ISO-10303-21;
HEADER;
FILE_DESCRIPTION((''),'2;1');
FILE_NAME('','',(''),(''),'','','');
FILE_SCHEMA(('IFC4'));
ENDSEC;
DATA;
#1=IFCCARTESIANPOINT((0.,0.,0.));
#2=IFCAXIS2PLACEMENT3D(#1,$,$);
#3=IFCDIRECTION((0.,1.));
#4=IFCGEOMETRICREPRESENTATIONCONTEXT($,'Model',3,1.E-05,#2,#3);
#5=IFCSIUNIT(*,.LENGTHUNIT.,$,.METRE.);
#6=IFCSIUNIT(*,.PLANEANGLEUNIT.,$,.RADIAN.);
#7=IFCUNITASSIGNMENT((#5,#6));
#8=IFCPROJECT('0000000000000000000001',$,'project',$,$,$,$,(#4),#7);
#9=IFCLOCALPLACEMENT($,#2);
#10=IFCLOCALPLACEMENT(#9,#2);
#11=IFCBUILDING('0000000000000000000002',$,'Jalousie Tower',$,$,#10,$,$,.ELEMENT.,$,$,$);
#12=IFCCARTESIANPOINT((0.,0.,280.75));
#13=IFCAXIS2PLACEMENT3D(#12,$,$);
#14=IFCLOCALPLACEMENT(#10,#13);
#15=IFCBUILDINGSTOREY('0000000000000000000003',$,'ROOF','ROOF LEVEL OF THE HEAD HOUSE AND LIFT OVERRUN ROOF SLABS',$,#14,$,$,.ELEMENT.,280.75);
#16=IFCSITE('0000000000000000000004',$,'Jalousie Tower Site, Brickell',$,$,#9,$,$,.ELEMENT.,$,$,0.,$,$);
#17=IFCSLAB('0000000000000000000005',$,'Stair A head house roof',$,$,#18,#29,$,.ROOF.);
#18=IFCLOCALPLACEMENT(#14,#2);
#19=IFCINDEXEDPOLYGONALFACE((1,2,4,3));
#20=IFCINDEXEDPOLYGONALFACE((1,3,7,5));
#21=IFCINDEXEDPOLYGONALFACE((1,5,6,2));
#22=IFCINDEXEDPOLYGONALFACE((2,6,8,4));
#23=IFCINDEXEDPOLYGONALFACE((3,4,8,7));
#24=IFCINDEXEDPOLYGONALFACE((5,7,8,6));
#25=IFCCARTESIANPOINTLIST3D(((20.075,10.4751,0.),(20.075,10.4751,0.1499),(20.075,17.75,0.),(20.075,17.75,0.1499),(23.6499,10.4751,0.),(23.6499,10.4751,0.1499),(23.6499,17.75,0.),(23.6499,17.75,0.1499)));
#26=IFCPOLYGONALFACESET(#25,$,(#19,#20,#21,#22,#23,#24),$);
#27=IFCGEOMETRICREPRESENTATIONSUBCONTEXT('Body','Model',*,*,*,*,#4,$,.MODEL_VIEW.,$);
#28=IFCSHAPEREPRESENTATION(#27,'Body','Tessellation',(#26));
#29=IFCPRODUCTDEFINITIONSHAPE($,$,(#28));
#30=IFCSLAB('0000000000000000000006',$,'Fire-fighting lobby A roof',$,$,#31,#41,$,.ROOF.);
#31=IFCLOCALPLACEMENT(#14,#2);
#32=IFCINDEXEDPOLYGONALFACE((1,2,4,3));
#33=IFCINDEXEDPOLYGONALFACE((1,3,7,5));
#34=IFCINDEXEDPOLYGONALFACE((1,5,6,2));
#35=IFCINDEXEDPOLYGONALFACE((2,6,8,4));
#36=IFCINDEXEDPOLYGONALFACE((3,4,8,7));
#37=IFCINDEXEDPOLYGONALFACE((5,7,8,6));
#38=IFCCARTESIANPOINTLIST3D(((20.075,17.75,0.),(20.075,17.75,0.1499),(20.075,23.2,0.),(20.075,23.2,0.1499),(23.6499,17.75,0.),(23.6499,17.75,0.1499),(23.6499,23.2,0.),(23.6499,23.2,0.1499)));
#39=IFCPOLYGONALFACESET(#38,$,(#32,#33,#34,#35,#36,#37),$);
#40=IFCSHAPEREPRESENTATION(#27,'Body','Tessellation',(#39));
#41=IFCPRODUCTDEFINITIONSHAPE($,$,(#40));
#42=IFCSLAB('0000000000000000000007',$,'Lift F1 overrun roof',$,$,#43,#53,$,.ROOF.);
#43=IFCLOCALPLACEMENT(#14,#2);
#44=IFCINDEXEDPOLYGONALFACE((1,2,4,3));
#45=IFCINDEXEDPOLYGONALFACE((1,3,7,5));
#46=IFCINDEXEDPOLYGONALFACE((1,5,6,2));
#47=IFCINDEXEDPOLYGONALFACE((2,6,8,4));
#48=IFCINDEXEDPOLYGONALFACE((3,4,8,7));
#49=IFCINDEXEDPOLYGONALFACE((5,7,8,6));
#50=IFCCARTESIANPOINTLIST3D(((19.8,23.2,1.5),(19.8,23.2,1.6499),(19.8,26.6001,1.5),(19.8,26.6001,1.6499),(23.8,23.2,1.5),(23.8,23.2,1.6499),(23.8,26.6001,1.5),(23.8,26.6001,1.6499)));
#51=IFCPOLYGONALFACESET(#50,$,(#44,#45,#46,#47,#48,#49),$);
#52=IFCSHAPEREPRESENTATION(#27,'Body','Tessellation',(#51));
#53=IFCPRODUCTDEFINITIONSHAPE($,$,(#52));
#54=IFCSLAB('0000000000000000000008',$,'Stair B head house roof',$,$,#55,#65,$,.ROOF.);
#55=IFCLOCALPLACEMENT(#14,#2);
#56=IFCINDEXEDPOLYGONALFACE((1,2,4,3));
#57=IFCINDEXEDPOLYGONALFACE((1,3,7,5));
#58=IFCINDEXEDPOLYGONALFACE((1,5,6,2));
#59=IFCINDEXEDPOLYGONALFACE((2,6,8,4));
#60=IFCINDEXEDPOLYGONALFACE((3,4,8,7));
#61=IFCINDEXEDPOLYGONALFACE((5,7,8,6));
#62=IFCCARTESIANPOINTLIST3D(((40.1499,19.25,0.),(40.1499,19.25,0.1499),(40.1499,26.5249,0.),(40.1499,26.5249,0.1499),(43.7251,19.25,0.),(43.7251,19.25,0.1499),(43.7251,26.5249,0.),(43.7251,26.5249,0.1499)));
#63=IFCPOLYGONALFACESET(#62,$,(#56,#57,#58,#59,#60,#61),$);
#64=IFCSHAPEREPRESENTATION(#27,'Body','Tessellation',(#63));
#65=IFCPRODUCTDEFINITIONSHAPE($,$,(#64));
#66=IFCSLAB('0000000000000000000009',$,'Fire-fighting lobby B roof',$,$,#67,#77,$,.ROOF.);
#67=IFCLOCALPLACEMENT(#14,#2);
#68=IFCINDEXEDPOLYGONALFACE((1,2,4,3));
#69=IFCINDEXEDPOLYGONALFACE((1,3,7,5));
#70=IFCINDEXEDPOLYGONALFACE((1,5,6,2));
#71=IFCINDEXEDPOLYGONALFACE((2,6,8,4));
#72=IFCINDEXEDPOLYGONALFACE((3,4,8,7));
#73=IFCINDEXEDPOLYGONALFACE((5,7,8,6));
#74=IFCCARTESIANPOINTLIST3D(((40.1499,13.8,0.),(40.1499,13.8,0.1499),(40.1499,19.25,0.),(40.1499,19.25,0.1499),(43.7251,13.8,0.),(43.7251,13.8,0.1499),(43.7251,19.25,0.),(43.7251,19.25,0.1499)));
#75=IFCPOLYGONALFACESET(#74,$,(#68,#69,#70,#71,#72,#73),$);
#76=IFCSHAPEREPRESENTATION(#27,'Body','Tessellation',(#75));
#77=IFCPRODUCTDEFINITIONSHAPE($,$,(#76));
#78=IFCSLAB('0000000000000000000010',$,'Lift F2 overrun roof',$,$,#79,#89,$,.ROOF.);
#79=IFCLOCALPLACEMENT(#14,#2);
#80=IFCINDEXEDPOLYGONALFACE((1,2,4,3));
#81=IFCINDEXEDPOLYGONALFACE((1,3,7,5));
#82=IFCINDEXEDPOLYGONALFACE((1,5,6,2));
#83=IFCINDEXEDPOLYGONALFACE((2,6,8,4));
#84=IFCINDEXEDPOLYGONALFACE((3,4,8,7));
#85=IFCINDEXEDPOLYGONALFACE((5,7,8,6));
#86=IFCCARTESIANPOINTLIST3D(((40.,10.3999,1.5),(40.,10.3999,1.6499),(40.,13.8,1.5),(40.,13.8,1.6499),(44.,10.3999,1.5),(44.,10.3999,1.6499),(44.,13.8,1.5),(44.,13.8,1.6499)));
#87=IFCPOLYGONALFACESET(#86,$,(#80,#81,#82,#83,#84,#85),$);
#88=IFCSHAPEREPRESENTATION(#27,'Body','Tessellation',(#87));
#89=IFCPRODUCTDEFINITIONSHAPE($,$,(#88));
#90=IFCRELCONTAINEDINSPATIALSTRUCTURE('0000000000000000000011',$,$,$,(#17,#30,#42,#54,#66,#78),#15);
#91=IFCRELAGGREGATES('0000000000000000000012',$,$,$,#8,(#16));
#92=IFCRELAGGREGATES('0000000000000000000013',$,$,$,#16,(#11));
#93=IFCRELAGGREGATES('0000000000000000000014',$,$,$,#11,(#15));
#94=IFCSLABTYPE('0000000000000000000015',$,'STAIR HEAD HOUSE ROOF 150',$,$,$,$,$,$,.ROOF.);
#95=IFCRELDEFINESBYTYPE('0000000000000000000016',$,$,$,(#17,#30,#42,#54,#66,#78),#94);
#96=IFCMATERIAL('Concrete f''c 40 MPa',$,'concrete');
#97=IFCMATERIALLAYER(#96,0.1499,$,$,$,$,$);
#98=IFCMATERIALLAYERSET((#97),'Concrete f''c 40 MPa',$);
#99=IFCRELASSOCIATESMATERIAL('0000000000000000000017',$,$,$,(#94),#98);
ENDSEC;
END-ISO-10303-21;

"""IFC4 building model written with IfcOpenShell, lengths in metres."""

from ifc_helpers import new_model, si_unit, direction, frame, origin, place, context, subcontext, project, spatial, polyline, outline, extrude, material, layer, layer_set, type_object, element, save


model = new_model("IFC4")

# Units and contexts
model_context = context("Model", 3, precision=1e-05, world=origin(), true_north=direction((0.0, 1.0)))
body_context = subcontext(model_context, "Body", "Model", "MODEL_VIEW")
ifc_project = project(units=[si_unit("LENGTHUNIT", "METRE"), si_unit("PLANEANGLEUNIT", "RADIAN")], contexts=[model_context])

# Site, building, storey
site_placement = place(None, origin())
site = spatial("IfcSite", under=ifc_project, at=site_placement, Name="Jalousie Tower Site, Brickell", CompositionType="ELEMENT", RefElevation=0.0)
building_placement = place(site_placement, origin())
building = spatial("IfcBuilding", under=site, at=building_placement, Name="Jalousie Tower", CompositionType="ELEMENT")
storey_placement = place(building_placement, frame((0.0, 0.0, 280.75)))
storey = spatial("IfcBuildingStorey", under=building, at=storey_placement, Name="ROOF", Description="ROOF LEVEL OF THE HEAD HOUSE AND LIFT OVERRUN ROOF SLABS", CompositionType="ELEMENT", Elevation=280.75)

# Slabs
ifc_material = material(Name="Concrete f'c 40 MPa", Category="concrete")
ifc_layer = layer(ifc_material, 0.1499)
ifc_layer_set = layer_set([ifc_layer], Name="Concrete f'c 40 MPa")
slab_type = type_object("IfcSlabType", Name="STAIR HEAD HOUSE ROOF 150", PredefinedType="ROOF", material=ifc_layer_set)
slab_1_placement = place(storey_placement, origin())
element("IfcSlab", 1, at=slab_1_placement, inside=storey, type_object=slab_type, Name="Stair A head house roof", PredefinedType="ROOF", context=body_context, shape_type="SweptSolid", body=[
    extrude(outline(polyline([(20.075, 10.4751), (23.6499, 10.4751), (23.6499, 17.75), (20.075, 17.75), (20.075, 10.4751)])), origin(), (0.0, 0.0, 1.0), 0.1499),
])
slab_2_placement = place(storey_placement, origin())
element("IfcSlab", 2, at=slab_2_placement, inside=storey, type_object=slab_type, Name="Fire-fighting lobby A roof", PredefinedType="ROOF", context=body_context, shape_type="SweptSolid", body=[
    extrude(outline(polyline([(20.075, 17.75), (23.6499, 17.75), (23.6499, 23.2), (20.075, 23.2), (20.075, 17.75)])), origin(), (0.0, 0.0, 1.0), 0.1499),
])
slab_3_placement = place(storey_placement, frame((0.0, 0.0, 1.5)))
element("IfcSlab", 3, at=slab_3_placement, inside=storey, type_object=slab_type, Name="Lift F1 overrun roof", PredefinedType="ROOF", context=body_context, shape_type="SweptSolid", body=[
    extrude(outline(polyline([(19.8, 23.2), (23.8, 23.2), (23.8, 26.6001), (19.8, 26.6001), (19.8, 23.2)])), origin(), (0.0, 0.0, 1.0), 0.1499),
])
slab_4_placement = place(storey_placement, origin())
element("IfcSlab", 4, at=slab_4_placement, inside=storey, type_object=slab_type, Name="Stair B head house roof", PredefinedType="ROOF", context=body_context, shape_type="SweptSolid", body=[
    extrude(outline(polyline([(40.1499, 19.25), (43.7251, 19.25), (43.7251, 26.5249), (40.1499, 26.5249), (40.1499, 19.25)])), origin(), (0.0, 0.0, 1.0), 0.1499),
])
slab_5_placement = place(storey_placement, origin())
element("IfcSlab", 5, at=slab_5_placement, inside=storey, type_object=slab_type, Name="Fire-fighting lobby B roof", PredefinedType="ROOF", context=body_context, shape_type="SweptSolid", body=[
    extrude(outline(polyline([(40.1499, 13.8), (43.7251, 13.8), (43.7251, 19.25), (40.1499, 19.25), (40.1499, 13.8)])), origin(), (0.0, 0.0, 1.0), 0.1499),
])
slab_6_placement = place(storey_placement, frame((0.0, 0.0, 1.5)))
element("IfcSlab", 6, at=slab_6_placement, inside=storey, type_object=slab_type, Name="Lift F2 overrun roof", PredefinedType="ROOF", context=body_context, shape_type="SweptSolid", body=[
    extrude(outline(polyline([(40.0, 10.3999), (44.0, 10.3999), (44.0, 13.8), (40.0, 13.8), (40.0, 10.3999)])), origin(), (0.0, 0.0, 1.0), 0.1499),
])

save(model, "model.ifc")
